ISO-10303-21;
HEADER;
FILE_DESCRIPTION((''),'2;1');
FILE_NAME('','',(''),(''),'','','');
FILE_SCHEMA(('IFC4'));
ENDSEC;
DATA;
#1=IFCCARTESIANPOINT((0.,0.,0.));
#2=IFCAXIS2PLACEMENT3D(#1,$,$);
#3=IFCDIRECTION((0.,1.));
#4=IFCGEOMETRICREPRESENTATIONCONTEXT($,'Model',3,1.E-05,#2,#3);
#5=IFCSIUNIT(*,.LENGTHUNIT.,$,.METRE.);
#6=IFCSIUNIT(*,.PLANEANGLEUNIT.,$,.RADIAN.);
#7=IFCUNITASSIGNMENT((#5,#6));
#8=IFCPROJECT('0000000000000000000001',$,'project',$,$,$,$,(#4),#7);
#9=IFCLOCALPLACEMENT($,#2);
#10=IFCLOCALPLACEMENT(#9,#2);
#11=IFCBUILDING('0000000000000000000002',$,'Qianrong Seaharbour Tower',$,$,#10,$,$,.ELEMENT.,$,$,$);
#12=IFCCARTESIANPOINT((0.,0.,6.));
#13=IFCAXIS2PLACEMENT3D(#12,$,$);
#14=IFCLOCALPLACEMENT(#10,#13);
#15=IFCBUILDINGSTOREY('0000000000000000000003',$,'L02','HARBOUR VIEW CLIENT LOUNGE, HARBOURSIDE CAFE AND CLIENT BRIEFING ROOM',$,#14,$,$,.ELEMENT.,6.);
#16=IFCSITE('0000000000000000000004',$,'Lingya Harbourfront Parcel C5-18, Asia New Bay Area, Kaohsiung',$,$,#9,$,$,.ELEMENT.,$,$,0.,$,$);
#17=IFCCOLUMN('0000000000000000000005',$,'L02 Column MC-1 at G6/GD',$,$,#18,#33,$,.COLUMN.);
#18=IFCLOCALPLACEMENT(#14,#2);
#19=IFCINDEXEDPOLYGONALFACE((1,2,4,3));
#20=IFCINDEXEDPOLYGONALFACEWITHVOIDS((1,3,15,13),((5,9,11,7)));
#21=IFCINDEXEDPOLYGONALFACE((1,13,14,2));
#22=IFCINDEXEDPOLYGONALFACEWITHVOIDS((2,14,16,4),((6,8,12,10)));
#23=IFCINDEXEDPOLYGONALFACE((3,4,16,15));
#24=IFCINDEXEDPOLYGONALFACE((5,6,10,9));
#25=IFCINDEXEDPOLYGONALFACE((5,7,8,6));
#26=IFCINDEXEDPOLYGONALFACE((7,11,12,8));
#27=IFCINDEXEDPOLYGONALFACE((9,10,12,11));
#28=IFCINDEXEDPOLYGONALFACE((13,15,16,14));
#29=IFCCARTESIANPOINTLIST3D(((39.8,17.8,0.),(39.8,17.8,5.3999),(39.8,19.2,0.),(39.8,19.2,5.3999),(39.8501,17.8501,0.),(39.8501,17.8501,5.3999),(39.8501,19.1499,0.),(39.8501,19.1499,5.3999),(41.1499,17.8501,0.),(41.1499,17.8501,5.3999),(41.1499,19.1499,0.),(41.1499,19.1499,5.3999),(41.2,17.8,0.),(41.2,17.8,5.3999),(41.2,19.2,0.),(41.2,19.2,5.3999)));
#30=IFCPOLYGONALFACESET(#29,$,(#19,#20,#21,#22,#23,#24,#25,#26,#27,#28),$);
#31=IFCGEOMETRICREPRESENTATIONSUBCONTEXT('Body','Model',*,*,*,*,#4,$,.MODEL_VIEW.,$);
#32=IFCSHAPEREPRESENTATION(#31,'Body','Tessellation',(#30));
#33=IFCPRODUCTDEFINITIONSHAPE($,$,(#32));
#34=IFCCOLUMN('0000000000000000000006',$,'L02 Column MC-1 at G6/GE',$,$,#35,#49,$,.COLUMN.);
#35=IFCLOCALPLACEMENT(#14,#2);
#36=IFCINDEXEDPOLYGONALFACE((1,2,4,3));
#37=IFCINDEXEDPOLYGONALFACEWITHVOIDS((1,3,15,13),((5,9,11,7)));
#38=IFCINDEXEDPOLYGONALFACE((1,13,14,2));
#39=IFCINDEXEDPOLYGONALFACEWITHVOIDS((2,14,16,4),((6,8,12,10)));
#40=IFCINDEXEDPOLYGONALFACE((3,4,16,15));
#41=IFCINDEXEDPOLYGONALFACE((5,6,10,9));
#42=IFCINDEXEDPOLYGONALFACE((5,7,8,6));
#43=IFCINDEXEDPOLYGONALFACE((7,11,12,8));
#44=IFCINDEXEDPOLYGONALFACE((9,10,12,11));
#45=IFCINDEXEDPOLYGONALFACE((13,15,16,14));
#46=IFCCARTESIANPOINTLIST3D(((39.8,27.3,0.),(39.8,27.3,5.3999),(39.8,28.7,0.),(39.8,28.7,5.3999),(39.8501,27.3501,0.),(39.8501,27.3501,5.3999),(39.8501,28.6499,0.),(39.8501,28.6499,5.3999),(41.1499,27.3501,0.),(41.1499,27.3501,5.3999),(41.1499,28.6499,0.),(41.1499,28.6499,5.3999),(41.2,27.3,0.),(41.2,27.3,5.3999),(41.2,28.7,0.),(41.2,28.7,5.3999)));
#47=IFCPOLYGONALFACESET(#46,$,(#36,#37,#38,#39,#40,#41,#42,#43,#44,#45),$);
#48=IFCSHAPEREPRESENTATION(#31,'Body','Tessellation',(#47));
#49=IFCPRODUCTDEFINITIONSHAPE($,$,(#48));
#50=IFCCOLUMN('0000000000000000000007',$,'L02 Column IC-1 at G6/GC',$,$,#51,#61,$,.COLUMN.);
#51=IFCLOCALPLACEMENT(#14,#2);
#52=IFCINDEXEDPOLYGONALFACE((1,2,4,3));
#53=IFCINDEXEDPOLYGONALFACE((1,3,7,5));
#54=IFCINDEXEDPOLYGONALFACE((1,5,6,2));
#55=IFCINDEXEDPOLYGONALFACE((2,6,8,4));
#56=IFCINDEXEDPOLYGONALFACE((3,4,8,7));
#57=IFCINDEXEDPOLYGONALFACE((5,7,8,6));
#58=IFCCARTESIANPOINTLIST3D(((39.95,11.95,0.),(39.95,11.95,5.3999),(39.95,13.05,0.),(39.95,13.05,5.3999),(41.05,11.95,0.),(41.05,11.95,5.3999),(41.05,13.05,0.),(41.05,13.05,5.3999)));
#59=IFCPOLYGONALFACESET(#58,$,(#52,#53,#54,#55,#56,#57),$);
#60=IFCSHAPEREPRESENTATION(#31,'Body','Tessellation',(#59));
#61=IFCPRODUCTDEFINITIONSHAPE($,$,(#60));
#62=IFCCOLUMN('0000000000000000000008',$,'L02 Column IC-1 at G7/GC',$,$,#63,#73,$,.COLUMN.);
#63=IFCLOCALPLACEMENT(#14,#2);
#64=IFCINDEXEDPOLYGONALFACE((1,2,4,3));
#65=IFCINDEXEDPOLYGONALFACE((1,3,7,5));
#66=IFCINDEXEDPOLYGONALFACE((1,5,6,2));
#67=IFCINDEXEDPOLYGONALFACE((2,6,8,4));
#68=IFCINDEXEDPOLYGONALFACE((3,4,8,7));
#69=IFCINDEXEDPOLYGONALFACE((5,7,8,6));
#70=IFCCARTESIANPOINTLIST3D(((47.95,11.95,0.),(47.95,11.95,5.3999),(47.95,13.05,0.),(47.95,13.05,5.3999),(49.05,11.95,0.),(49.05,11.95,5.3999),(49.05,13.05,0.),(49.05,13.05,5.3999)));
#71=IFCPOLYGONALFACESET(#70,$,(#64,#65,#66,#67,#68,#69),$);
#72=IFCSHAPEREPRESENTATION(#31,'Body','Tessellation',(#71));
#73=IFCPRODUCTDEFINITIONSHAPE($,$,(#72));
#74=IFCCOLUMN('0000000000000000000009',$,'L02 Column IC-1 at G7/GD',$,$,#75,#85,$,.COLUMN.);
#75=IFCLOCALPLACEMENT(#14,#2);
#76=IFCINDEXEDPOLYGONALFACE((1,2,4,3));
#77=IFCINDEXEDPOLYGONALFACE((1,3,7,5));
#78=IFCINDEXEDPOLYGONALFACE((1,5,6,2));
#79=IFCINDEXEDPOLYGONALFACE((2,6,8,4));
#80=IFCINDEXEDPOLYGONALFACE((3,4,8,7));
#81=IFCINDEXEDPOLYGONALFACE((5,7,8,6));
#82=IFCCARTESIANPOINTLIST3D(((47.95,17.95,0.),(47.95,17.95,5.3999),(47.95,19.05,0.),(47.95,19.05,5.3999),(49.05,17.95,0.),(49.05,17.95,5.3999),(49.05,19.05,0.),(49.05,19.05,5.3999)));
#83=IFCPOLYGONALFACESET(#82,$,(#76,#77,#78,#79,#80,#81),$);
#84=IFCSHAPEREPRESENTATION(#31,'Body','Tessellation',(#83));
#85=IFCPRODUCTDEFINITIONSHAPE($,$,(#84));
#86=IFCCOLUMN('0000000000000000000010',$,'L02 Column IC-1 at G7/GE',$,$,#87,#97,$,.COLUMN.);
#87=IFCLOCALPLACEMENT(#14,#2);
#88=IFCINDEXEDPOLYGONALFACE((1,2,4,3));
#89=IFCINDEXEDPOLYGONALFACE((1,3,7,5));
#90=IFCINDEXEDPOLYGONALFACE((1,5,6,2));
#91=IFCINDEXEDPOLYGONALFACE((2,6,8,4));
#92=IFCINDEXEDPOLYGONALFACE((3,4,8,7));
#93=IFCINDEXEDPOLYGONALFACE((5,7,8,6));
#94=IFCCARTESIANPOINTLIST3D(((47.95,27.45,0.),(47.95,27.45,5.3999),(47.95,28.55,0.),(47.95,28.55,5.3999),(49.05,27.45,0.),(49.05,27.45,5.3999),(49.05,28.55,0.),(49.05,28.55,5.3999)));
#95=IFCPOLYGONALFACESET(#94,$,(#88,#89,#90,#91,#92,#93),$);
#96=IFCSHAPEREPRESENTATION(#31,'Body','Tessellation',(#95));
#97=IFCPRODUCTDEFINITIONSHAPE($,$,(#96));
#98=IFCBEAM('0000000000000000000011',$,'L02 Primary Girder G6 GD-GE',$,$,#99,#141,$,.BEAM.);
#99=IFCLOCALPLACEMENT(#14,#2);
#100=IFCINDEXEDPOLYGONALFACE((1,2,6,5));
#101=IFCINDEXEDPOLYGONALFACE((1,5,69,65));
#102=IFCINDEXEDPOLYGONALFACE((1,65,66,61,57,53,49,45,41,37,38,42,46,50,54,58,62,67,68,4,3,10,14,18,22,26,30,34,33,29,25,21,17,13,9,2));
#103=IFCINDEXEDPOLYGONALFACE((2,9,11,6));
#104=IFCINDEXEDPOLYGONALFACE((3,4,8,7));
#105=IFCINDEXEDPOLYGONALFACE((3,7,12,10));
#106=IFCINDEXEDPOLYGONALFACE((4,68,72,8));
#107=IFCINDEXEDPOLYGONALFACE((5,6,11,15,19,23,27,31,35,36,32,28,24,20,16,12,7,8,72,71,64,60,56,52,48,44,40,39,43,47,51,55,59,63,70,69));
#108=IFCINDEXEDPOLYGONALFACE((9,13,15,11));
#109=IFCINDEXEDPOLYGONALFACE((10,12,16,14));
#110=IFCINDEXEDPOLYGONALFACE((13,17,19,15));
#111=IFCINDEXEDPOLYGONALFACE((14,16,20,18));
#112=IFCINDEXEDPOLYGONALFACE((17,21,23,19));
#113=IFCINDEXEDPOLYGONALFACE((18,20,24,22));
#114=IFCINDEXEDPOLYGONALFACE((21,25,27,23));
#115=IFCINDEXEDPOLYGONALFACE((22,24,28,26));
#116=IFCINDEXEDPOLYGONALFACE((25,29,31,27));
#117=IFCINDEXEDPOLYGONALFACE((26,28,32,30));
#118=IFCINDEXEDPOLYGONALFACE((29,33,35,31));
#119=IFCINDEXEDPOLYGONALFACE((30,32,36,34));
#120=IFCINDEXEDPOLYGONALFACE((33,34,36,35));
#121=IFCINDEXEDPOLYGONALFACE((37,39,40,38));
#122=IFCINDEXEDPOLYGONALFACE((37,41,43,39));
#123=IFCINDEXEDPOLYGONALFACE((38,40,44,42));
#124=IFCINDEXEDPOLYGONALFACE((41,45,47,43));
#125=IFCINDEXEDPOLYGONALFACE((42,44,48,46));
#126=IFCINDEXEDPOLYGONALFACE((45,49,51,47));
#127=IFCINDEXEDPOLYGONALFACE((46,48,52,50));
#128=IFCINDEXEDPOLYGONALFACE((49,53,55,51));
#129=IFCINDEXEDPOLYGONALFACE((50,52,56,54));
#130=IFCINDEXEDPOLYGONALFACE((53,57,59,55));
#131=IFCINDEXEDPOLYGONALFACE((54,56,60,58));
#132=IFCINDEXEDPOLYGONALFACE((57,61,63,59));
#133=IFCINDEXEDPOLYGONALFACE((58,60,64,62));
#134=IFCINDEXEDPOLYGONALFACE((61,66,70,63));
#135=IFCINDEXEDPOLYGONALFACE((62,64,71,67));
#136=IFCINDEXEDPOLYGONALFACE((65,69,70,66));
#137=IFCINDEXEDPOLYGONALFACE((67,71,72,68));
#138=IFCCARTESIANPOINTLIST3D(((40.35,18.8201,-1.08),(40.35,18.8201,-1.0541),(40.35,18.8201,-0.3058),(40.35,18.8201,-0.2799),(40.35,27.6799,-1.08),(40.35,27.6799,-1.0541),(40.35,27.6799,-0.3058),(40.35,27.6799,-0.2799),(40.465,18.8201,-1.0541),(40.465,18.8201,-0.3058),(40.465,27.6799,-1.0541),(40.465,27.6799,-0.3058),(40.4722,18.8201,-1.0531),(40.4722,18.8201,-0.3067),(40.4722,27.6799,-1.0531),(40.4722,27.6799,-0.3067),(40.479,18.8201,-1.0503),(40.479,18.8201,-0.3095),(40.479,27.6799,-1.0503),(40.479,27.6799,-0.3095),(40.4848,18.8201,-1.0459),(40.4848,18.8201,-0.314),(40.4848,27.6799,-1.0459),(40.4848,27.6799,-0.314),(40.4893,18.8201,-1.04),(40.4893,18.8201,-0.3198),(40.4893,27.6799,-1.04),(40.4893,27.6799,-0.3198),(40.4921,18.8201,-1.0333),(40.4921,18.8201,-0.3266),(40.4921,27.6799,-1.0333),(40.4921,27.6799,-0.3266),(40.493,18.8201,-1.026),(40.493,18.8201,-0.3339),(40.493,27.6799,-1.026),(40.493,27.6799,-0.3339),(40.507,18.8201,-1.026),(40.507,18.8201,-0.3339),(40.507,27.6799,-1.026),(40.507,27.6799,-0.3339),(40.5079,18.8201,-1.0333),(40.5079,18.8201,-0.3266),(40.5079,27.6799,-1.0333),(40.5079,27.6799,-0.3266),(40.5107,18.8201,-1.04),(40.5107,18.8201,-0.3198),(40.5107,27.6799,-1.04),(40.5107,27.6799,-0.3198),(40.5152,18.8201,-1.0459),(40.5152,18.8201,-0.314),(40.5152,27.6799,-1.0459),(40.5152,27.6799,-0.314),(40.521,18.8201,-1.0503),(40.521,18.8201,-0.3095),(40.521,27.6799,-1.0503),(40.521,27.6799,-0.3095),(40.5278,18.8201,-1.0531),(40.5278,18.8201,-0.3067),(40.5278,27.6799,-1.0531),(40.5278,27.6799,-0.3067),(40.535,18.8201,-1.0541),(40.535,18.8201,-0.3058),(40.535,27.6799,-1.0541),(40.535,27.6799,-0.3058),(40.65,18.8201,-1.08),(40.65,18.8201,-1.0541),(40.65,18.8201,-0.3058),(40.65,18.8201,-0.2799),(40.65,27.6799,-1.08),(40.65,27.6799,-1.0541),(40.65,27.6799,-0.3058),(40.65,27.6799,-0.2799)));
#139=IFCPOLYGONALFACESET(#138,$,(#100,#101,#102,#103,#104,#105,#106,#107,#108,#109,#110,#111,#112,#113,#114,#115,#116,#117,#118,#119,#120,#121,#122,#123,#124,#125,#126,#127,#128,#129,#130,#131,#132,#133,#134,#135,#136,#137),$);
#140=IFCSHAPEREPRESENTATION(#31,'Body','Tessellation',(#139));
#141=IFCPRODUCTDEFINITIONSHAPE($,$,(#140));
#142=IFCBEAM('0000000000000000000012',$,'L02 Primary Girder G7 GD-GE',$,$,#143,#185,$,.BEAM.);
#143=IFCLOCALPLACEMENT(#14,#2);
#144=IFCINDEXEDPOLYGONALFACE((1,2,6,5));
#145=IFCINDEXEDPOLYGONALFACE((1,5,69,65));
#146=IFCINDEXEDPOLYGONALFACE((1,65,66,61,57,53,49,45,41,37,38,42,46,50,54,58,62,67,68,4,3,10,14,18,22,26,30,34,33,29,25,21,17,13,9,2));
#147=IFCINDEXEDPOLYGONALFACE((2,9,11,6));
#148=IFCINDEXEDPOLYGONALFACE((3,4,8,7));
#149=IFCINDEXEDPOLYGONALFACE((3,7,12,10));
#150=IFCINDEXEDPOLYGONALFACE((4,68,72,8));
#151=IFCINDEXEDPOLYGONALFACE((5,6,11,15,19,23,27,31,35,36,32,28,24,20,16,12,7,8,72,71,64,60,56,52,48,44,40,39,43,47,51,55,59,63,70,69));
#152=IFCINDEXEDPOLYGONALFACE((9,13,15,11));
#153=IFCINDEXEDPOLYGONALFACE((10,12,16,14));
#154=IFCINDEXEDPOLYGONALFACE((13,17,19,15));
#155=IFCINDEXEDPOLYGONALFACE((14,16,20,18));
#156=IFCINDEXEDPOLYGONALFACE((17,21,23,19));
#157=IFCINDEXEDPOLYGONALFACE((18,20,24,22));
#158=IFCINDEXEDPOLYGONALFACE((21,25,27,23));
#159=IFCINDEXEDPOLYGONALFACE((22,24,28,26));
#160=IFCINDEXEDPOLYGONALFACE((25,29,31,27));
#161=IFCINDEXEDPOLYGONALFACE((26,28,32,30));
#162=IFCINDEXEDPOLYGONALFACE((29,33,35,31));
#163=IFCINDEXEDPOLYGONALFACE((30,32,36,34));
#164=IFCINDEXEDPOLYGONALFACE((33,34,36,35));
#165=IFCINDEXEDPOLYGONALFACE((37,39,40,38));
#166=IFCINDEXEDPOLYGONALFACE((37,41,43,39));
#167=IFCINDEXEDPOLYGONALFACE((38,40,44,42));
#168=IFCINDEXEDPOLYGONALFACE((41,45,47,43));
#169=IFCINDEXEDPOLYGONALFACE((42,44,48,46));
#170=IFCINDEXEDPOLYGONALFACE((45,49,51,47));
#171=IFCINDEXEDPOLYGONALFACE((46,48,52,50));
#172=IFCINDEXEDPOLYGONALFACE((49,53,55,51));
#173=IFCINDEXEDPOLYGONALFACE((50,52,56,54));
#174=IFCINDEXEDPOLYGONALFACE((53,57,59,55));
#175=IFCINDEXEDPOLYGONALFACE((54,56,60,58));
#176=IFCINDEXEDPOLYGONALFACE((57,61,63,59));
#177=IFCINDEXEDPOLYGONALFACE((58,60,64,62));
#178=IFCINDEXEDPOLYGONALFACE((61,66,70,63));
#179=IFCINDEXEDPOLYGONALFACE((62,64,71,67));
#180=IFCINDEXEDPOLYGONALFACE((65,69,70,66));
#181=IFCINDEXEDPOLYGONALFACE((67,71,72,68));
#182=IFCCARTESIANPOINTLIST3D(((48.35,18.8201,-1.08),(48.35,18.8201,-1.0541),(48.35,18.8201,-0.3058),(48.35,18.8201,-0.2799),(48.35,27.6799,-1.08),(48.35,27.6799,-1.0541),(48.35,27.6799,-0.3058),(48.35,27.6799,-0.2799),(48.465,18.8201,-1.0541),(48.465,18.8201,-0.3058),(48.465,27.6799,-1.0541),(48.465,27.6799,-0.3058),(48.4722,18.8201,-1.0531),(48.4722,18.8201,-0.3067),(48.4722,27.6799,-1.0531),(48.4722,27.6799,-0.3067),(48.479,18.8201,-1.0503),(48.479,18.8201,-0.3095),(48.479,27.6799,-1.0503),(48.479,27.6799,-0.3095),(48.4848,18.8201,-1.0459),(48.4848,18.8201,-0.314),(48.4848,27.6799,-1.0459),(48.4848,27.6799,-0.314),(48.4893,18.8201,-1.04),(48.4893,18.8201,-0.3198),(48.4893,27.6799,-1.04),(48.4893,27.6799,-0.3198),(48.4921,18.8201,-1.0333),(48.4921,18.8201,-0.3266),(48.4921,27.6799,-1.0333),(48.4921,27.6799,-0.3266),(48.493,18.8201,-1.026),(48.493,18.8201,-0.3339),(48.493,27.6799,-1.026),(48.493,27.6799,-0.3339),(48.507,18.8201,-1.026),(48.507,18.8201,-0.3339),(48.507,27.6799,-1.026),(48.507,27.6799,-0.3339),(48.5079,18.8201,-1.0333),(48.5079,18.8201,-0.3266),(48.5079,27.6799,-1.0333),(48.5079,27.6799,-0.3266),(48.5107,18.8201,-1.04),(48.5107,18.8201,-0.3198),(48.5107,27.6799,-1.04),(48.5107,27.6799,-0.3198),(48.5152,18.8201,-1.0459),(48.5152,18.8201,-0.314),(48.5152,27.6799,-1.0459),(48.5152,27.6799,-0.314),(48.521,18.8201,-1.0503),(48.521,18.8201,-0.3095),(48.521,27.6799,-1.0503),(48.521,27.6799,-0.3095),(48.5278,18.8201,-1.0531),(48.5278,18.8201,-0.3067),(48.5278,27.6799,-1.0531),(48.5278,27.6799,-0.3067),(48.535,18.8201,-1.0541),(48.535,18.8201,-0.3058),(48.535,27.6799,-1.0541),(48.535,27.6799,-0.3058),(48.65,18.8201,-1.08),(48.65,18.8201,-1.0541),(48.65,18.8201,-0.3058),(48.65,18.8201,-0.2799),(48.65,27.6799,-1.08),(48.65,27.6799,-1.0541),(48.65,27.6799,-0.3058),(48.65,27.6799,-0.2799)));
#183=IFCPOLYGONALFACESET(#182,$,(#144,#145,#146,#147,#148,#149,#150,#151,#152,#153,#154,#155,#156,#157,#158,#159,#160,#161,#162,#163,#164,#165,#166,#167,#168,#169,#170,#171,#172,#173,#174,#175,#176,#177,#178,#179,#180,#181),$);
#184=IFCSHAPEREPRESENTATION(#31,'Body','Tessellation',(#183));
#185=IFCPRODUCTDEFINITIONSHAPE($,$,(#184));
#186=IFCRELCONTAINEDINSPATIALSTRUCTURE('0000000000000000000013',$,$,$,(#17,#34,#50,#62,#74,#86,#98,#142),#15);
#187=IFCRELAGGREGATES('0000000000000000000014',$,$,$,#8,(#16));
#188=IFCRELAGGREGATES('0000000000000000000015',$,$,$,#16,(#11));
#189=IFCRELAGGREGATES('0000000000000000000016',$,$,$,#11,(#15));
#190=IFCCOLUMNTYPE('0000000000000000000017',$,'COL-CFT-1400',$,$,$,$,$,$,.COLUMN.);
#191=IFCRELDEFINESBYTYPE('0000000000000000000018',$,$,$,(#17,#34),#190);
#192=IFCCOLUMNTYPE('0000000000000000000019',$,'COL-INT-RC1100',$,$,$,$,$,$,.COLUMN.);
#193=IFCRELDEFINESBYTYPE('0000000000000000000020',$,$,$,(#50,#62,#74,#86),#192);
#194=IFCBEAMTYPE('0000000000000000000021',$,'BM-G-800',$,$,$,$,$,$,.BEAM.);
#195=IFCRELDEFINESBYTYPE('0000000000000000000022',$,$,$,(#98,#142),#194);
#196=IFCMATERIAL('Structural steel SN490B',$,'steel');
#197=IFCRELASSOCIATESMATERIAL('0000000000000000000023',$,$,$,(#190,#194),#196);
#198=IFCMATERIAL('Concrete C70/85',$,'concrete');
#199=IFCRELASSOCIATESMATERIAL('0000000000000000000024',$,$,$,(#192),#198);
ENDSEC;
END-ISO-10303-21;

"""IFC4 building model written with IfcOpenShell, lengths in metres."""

from ifc_helpers import new_model, si_unit, direction, frame, origin, origin_2d, place, context, subcontext, project, spatial, rectangle, hollow_rectangle, i_section, extrude, material, material_profile, profile_set, type_object, element, save


model = new_model("IFC4")

# Units and contexts
model_context = context("Model", 3, precision=1e-05, world=origin(), true_north=direction((0.0, 1.0)))
body_context = subcontext(model_context, "Body", "Model", "MODEL_VIEW")
ifc_project = project(units=[si_unit("LENGTHUNIT", "METRE"), si_unit("PLANEANGLEUNIT", "RADIAN")], contexts=[model_context])

# Site, building, storey
site_placement = place(None, origin())
site = spatial("IfcSite", under=ifc_project, at=site_placement, Name="Lingya Harbourfront Parcel C5-18, Asia New Bay Area, Kaohsiung", CompositionType="ELEMENT", RefElevation=0.0)
building_placement = place(site_placement, origin())
building = spatial("IfcBuilding", under=site, at=building_placement, Name="Qianrong Seaharbour Tower", CompositionType="ELEMENT")
storey_placement = place(building_placement, frame((0.0, 0.0, 6.0)))
storey = spatial("IfcBuildingStorey", under=building, at=storey_placement, Name="L02", Description="HARBOUR VIEW CLIENT LOUNGE, HARBOURSIDE CAFE AND CLIENT BRIEFING ROOM", CompositionType="ELEMENT", Elevation=6.0)

# Columns
ifc_material_1 = material(Name="Structural steel SN490B", Category="steel")
ifc_material_profile_1 = material_profile(ifc_material_1, hollow_rectangle(XDim=1.3999, YDim=1.3999, WallThickness=0.05, at=origin_2d()), Name="BOX1400x1400x50")
ifc_profile_set_1 = profile_set([ifc_material_profile_1], Name="Structural steel SN490B")
column_type_1 = type_object("IfcColumnType", Name="COL-CFT-1400", PredefinedType="COLUMN", material=ifc_profile_set_1)
for number, where, z_axis, x_axis, name in (
    (1, (40.5, 18.5, 0.0), (0.0, 0.0, 1.0), (1.0, 0.0, 0.0), "L02 Column MC-1 at G6/GD"),
    (2, (40.5, 28.0, 0.0), (0.0, 0.0, 1.0), (1.0, 0.0, 0.0), "L02 Column MC-1 at G6/GE"),
):
    element("IfcColumn", number, at=place(storey_placement, frame(where, z_axis=z_axis, x_axis=x_axis)), inside=storey, type_object=column_type_1, Name=name, PredefinedType="COLUMN", context=body_context, shape_type="SweptSolid", body=[
        extrude(hollow_rectangle(XDim=1.3999, YDim=1.3999, WallThickness=0.05, at=origin_2d()), origin(), (0.0, 0.0, 1.0), 5.3999),
    ])
ifc_material_2 = material(Name="Concrete C70/85", Category="concrete")
ifc_material_profile_2 = material_profile(ifc_material_2, rectangle(XDim=1.1001, YDim=1.1001, at=origin_2d()), Name="RC1100x1100")
ifc_profile_set_2 = profile_set([ifc_material_profile_2], Name="Concrete C70/85")
column_type_2 = type_object("IfcColumnType", Name="COL-INT-RC1100", PredefinedType="COLUMN", material=ifc_profile_set_2)
for number, where, z_axis, x_axis, name in (
    (3, (40.5, 12.5, 0.0), (0.0, 0.0, 1.0), (1.0, 0.0, 0.0), "L02 Column IC-1 at G6/GC"),
    (4, (48.5, 12.5, 0.0), (0.0, 0.0, 1.0), (1.0, 0.0, 0.0), "L02 Column IC-1 at G7/GC"),
    (5, (48.5, 18.5, 0.0), (0.0, 0.0, 1.0), (1.0, 0.0, 0.0), "L02 Column IC-1 at G7/GD"),
    (6, (48.5, 28.0, 0.0), (0.0, 0.0, 1.0), (1.0, 0.0, 0.0), "L02 Column IC-1 at G7/GE"),
):
    element("IfcColumn", number, at=place(storey_placement, frame(where, z_axis=z_axis, x_axis=x_axis)), inside=storey, type_object=column_type_2, Name=name, PredefinedType="COLUMN", context=body_context, shape_type="SweptSolid", body=[
        extrude(rectangle(XDim=1.1001, YDim=1.1001, at=origin_2d()), origin(), (0.0, 0.0, 1.0), 5.3999),
    ])

# Beams
ifc_material_profile_3 = material_profile(ifc_material_1, i_section(OverallWidth=0.3, OverallDepth=0.8, WebThickness=0.0139, FlangeThickness=0.0259, FilletRadius=0.0281, at=origin_2d()), Name="H800x300x14x26")
ifc_profile_set_3 = profile_set([ifc_material_profile_3], Name="Structural steel SN490B")
beam_type_1 = type_object("IfcBeamType", Name="BM-G-800", PredefinedType="BEAM", material=ifc_profile_set_3)
for number, where, z_axis, x_axis, name in (
    (7, (40.5, 18.8201, -0.6799), (0.0, 1.0, 0.0), (-1.0, 0.0, 0.0), "L02 Primary Girder G6 GD-GE"),
    (8, (48.5, 18.8201, -0.6799), (0.0, 1.0, 0.0), (-1.0, 0.0, 0.0), "L02 Primary Girder G7 GD-GE"),
):
    element("IfcBeam", number, at=place(storey_placement, frame(where, z_axis=z_axis, x_axis=x_axis)), inside=storey, type_object=beam_type_1, Name=name, PredefinedType="BEAM", context=body_context, shape_type="SweptSolid", body=[
        extrude(i_section(OverallWidth=0.3, OverallDepth=0.8, WebThickness=0.0139, FlangeThickness=0.0259, FilletRadius=0.0281, at=origin_2d()), origin(), (0.0, 0.0, 1.0), 8.8599),
    ])

save(model, "model.ifc")
